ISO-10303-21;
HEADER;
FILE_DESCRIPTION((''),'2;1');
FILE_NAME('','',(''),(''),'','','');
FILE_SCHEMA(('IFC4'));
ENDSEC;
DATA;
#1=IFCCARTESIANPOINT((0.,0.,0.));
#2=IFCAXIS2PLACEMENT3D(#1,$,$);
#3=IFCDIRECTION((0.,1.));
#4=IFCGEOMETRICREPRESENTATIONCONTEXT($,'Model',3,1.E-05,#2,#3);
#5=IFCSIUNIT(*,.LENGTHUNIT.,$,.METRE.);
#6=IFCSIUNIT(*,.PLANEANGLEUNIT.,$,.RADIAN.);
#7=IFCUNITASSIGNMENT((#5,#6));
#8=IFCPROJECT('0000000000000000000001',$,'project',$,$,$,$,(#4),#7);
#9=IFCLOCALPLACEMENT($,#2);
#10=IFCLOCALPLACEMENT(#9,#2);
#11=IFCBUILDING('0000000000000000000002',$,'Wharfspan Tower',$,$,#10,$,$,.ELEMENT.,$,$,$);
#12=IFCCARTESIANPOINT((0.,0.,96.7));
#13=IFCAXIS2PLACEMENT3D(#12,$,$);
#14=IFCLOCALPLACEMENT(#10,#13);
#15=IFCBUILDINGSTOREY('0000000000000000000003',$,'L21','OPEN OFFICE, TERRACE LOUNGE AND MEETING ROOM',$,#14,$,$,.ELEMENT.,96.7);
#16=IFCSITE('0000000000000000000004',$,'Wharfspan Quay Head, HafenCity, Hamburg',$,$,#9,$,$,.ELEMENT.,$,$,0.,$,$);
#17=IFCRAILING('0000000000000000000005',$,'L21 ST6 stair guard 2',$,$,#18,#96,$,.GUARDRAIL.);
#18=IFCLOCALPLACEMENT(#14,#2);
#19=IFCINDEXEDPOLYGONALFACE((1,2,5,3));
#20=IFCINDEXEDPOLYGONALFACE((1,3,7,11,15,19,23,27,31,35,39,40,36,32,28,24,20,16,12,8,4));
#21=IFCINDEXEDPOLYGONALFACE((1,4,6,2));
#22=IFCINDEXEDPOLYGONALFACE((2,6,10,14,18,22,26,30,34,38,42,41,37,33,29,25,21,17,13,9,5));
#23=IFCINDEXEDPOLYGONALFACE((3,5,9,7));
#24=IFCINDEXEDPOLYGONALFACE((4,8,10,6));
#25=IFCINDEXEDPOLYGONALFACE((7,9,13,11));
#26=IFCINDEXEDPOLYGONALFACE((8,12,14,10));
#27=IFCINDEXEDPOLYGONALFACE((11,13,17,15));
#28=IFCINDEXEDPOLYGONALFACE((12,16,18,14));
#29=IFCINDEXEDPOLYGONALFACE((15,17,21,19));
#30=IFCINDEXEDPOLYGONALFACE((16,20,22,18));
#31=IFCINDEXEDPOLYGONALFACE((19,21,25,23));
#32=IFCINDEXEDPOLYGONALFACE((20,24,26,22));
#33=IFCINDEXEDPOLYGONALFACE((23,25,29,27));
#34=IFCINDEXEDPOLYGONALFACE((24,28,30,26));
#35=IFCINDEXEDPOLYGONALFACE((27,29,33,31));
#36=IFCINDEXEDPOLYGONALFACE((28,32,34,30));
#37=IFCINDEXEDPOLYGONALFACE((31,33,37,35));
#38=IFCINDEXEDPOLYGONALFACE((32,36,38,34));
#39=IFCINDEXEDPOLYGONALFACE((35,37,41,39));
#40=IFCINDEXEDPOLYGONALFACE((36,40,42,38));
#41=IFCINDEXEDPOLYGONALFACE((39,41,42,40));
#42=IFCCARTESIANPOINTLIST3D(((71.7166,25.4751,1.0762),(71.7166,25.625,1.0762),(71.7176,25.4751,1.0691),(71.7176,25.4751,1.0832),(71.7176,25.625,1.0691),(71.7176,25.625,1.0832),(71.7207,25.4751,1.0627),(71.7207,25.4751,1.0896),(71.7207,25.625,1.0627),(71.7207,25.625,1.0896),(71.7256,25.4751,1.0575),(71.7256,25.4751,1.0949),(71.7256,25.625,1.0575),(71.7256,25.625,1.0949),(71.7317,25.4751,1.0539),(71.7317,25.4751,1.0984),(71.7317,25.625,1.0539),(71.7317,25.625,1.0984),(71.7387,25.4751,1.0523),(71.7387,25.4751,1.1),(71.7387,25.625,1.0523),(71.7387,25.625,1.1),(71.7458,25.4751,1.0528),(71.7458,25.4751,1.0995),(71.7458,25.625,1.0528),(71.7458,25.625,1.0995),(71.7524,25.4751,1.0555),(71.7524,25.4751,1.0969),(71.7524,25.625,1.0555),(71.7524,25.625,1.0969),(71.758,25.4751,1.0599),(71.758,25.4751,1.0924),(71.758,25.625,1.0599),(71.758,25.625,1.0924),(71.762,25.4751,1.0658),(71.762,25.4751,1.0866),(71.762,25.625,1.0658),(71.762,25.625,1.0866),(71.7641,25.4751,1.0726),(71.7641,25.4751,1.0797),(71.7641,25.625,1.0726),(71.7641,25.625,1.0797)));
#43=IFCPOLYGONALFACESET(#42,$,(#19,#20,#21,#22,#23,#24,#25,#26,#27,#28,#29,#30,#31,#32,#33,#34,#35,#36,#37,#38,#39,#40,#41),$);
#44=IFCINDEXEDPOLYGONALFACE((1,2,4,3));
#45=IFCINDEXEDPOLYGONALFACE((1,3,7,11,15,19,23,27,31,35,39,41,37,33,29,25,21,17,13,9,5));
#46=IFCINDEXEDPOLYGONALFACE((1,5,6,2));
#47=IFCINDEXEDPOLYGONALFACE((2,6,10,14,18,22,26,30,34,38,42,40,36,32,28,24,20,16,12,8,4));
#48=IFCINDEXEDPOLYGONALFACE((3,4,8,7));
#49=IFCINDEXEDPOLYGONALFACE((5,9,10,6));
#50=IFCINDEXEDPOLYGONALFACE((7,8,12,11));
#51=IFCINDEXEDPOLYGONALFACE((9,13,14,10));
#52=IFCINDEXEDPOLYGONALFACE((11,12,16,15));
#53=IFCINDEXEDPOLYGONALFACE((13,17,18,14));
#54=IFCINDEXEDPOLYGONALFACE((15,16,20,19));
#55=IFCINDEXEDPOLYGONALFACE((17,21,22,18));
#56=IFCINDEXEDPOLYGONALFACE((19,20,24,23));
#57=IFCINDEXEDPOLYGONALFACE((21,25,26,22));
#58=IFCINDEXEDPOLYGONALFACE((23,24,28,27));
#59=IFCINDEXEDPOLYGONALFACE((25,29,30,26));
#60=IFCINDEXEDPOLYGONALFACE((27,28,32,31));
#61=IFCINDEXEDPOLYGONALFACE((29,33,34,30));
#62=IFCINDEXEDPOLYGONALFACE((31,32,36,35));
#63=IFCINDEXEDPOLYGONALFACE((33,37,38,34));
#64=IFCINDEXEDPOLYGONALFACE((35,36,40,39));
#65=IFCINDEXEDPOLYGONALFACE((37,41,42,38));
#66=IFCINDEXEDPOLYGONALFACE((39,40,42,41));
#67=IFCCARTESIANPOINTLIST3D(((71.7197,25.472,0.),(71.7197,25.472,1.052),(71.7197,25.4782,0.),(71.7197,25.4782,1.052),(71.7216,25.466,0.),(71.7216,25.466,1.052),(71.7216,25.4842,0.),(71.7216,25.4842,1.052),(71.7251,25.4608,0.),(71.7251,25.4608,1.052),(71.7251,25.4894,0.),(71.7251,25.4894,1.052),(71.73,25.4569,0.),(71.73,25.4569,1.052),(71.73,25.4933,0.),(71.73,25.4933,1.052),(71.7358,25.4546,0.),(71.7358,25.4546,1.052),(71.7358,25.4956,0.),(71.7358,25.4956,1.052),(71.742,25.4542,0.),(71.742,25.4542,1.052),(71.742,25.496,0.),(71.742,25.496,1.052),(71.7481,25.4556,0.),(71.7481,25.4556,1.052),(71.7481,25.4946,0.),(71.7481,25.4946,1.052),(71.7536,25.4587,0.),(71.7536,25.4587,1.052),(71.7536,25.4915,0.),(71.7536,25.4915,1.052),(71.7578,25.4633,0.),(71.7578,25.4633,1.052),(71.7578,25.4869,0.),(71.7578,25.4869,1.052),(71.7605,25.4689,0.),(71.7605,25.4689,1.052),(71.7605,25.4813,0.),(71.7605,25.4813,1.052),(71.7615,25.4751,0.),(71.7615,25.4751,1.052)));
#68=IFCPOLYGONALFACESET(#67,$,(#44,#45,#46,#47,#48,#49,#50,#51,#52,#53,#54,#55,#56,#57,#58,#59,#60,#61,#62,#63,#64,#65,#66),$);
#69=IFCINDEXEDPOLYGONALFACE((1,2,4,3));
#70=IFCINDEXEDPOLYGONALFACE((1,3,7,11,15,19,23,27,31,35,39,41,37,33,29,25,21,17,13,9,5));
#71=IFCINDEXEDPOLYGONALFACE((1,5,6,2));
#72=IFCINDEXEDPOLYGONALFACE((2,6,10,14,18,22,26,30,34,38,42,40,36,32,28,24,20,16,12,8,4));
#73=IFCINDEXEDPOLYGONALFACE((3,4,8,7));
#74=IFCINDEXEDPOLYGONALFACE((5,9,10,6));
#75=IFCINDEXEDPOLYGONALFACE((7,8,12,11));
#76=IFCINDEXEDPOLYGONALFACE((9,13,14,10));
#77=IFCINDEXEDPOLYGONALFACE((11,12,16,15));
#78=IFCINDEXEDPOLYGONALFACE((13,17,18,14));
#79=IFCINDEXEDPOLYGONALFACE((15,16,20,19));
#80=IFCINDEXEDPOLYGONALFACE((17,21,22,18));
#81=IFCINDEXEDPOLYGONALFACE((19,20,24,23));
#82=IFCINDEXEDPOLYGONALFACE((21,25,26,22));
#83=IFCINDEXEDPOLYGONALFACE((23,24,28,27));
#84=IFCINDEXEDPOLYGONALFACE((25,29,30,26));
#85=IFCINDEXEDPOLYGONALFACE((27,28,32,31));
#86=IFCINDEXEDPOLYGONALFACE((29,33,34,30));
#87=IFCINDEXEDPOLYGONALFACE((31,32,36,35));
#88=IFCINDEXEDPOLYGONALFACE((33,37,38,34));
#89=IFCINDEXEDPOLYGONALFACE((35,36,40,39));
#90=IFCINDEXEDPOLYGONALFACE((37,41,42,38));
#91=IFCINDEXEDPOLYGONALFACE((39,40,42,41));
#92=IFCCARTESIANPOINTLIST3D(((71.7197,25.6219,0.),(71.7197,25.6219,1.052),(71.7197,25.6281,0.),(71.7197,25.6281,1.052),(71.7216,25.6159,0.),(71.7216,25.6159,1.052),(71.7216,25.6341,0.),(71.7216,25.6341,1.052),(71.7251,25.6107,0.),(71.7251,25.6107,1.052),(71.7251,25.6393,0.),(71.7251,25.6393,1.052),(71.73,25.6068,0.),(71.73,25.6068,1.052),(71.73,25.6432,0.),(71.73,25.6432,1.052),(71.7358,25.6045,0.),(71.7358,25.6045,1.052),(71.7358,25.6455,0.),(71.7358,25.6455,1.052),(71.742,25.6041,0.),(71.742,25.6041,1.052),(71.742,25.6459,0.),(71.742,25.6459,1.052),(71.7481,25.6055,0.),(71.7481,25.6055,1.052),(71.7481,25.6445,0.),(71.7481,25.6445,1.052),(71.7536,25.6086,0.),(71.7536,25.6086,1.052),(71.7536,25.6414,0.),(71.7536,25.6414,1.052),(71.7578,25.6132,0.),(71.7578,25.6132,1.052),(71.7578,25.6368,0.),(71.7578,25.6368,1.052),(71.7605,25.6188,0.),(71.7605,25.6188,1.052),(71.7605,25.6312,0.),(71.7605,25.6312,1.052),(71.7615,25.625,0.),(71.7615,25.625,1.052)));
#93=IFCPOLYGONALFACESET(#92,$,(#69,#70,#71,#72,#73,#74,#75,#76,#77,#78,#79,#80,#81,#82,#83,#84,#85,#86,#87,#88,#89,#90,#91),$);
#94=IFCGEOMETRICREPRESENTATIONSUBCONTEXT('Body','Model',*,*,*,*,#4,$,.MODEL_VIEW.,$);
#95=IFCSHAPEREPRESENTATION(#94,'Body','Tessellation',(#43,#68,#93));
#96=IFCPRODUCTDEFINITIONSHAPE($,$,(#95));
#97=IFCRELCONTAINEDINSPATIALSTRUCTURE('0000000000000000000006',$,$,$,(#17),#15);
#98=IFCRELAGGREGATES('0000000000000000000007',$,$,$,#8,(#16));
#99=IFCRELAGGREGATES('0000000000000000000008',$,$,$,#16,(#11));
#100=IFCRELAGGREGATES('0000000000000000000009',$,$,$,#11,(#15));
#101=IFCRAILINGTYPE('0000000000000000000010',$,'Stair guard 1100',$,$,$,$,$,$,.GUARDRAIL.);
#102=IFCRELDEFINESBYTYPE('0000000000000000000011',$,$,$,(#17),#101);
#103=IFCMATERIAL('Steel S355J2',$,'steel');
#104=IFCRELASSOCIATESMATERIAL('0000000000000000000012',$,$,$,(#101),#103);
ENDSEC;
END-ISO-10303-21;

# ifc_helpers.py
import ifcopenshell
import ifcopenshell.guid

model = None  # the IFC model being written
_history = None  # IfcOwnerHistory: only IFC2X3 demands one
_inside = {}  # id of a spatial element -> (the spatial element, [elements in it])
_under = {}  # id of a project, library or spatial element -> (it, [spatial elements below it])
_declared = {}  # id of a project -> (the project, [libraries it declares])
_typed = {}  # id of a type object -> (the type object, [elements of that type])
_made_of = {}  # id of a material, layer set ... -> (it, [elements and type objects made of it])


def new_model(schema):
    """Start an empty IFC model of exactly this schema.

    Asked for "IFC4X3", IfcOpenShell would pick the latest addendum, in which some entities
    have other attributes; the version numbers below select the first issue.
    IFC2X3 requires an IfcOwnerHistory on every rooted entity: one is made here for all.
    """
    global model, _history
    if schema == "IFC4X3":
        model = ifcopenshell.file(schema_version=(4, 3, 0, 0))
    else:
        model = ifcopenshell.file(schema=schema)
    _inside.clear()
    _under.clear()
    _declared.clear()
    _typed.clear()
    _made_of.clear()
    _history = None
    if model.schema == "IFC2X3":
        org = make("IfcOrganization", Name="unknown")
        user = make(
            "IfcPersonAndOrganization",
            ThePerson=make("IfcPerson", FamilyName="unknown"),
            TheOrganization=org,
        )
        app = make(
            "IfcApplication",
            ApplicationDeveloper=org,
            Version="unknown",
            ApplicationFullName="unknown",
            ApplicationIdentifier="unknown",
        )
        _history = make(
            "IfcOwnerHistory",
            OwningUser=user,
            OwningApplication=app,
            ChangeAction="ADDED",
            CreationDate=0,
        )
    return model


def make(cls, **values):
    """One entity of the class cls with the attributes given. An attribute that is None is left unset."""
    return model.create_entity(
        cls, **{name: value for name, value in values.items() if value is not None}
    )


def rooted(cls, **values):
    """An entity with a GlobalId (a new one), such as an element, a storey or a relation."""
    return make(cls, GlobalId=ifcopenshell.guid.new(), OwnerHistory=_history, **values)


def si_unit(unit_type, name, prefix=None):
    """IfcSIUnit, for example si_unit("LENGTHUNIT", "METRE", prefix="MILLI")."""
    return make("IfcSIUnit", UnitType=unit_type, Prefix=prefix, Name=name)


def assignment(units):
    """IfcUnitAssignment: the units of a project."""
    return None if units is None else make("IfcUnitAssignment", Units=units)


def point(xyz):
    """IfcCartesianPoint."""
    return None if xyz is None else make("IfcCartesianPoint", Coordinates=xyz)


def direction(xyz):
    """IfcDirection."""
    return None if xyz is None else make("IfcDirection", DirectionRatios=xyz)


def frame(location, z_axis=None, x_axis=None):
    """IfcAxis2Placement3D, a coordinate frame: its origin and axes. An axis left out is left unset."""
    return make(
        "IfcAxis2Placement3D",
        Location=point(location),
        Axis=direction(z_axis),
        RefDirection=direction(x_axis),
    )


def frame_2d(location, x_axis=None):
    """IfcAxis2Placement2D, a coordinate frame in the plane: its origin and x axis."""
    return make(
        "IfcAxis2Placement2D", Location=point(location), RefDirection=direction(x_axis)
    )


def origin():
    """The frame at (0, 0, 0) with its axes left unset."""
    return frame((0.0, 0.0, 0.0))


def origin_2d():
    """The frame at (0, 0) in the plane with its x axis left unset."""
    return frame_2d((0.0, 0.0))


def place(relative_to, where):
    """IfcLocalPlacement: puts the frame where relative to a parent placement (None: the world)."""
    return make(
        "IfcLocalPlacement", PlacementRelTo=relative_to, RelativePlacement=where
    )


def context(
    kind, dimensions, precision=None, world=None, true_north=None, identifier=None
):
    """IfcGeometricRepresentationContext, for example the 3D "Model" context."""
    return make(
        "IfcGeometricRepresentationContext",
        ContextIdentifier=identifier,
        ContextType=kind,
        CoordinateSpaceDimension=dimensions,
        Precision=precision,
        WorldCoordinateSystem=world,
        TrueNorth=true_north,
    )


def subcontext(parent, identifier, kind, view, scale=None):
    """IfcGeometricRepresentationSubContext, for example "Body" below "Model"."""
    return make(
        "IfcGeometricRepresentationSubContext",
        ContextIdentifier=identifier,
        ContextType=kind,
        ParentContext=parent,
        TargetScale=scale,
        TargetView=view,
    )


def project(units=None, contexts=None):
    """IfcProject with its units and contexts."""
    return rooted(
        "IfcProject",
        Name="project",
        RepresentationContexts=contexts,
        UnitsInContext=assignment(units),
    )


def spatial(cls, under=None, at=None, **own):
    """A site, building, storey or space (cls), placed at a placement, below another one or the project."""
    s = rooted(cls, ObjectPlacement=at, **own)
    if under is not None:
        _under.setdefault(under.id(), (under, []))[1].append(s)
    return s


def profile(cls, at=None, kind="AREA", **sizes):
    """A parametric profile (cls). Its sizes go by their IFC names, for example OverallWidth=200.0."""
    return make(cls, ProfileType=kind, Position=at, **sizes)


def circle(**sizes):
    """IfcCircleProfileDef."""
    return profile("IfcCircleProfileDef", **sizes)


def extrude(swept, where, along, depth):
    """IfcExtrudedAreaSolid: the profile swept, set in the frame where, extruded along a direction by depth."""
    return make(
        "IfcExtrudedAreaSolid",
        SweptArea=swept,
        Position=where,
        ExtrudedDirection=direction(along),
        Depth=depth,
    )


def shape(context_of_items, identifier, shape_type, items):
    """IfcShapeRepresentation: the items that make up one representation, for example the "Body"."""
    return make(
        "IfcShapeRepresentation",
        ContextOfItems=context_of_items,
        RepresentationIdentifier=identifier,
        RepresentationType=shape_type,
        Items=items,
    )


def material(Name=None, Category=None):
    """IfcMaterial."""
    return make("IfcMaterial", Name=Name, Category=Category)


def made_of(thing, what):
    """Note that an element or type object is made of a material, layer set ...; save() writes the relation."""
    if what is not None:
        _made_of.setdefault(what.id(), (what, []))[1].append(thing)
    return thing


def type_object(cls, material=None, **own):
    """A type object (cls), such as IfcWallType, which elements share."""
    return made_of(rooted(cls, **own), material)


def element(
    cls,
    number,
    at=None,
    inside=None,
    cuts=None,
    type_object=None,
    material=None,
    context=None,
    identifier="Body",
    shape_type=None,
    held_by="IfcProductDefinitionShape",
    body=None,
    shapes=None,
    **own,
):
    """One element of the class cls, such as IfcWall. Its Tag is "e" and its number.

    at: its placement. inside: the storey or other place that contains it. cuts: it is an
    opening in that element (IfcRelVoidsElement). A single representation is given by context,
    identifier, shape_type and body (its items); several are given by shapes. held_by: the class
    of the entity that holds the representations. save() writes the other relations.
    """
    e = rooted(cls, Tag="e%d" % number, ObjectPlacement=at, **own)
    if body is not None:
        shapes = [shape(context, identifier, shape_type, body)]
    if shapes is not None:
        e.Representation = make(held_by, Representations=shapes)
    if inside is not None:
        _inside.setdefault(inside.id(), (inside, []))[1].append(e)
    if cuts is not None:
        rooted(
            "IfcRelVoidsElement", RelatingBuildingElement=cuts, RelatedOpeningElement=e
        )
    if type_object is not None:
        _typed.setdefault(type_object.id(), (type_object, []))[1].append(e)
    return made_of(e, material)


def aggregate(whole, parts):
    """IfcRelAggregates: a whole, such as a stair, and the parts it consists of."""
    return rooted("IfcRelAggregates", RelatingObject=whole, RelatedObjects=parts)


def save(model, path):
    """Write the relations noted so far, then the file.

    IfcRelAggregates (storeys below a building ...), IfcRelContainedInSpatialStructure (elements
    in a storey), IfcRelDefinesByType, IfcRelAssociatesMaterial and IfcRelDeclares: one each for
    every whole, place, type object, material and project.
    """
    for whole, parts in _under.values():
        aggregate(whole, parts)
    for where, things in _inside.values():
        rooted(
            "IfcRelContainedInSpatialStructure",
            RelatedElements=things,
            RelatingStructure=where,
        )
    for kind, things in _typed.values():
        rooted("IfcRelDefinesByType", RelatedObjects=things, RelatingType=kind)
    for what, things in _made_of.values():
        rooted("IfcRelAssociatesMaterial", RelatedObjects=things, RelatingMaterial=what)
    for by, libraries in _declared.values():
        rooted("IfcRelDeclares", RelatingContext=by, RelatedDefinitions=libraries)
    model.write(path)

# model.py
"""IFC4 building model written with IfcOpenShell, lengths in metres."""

from ifc_helpers import new_model, si_unit, direction, frame, origin, origin_2d, place, context, subcontext, project, spatial, circle, extrude, material, type_object, element, save


model = new_model("IFC4")

# Units and contexts
model_context = context("Model", 3, precision=1e-05, world=origin(), true_north=direction((0.0, 1.0)))
body_context = subcontext(model_context, "Body", "Model", "MODEL_VIEW")
ifc_project = project(units=[si_unit("LENGTHUNIT", "METRE"), si_unit("PLANEANGLEUNIT", "RADIAN")], contexts=[model_context])

# Site, building, storey
site_placement = place(None, origin())
site = spatial("IfcSite", under=ifc_project, at=site_placement, Name="Wharfspan Quay Head, HafenCity, Hamburg", CompositionType="ELEMENT", RefElevation=0.0)
building_placement = place(site_placement, origin())
building = spatial("IfcBuilding", under=site, at=building_placement, Name="Wharfspan Tower", CompositionType="ELEMENT")
storey_placement = place(building_placement, frame((0.0, 0.0, 96.7)))
storey = spatial("IfcBuildingStorey", under=building, at=storey_placement, Name="L21", Description="OPEN OFFICE, TERRACE LOUNGE AND MEETING ROOM", CompositionType="ELEMENT", Elevation=96.7)

# Shared definitions
ifc_material_1 = material(Name="Steel S355J2", Category="steel")

# Railing
railing_type_1 = type_object("IfcRailingType", Name="Stair guard 1100", PredefinedType="GUARDRAIL", material=ifc_material_1)
railing_1_placement = place(storey_placement, frame((71.7405, 25.4751, 0.0)))
element("IfcRailing", 1, at=railing_1_placement, inside=storey, type_object=railing_type_1, Name="L21 ST6 stair guard 2", PredefinedType="GUARDRAIL", context=body_context, shape_type="SweptSolid", body=[
    extrude(circle(Radius=0.0239, at=origin_2d()), frame((0.0, 0.0, 1.0762), z_axis=(0.0, 1.0, 0.0), x_axis=(-1.0, 0.0, 0.0)), (0.0, 0.0, 1.0), 0.1499),
    extrude(circle(Radius=0.021, at=origin_2d()), origin(), (0.0, 0.0, 1.0), 1.052),
    extrude(circle(Radius=0.021, at=origin_2d()), frame((0.0, 0.1499, 0.0)), (0.0, 0.0, 1.0), 1.052),
])

save(model, "model.ifc")
